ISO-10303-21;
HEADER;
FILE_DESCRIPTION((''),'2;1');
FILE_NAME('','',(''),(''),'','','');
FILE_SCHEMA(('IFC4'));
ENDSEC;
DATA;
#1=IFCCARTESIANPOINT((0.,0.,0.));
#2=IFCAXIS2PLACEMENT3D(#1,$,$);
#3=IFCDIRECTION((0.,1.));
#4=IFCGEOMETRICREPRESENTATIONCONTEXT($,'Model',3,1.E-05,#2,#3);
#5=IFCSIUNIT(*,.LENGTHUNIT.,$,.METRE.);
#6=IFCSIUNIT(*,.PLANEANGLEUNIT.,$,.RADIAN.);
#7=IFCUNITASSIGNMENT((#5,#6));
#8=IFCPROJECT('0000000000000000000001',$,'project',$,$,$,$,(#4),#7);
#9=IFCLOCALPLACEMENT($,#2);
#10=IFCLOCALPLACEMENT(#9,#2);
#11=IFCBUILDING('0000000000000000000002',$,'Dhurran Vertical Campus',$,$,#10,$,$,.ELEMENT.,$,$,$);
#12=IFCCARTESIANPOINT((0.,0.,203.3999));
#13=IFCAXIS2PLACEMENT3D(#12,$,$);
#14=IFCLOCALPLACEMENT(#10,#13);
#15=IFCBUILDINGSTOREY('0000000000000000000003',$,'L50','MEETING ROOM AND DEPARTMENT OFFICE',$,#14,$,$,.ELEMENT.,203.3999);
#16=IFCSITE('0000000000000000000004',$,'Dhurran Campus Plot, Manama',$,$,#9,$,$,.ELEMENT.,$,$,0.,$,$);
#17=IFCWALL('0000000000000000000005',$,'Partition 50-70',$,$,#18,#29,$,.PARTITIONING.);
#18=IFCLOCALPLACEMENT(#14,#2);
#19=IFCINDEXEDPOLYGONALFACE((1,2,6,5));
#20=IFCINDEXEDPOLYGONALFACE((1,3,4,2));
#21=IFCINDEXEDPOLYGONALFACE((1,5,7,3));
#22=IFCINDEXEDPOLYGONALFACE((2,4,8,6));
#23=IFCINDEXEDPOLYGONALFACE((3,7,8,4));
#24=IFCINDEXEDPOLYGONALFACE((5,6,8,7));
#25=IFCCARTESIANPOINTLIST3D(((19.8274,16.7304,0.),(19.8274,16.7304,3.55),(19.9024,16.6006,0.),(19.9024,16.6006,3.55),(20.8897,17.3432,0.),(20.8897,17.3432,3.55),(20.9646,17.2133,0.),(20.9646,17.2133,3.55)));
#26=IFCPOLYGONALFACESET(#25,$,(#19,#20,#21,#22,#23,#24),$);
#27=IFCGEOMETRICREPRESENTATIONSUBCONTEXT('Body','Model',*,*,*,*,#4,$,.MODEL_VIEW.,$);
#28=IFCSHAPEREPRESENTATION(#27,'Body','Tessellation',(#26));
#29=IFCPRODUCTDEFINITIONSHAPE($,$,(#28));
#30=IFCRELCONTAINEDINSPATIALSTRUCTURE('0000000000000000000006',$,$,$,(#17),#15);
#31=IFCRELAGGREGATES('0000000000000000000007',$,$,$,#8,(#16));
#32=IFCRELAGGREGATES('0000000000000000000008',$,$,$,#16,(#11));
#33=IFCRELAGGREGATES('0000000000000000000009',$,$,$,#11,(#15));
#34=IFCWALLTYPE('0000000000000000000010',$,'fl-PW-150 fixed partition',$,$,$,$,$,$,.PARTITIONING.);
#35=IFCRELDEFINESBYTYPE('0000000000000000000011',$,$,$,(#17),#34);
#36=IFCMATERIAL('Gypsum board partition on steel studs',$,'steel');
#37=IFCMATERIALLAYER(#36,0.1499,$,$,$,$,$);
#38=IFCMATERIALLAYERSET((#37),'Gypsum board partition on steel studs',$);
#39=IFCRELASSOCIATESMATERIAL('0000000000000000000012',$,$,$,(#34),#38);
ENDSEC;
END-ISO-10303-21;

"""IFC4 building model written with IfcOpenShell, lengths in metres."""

from ifc_helpers import new_model, si_unit, direction, frame, frame_2d, origin, place, context, subcontext, project, spatial, rectangle, extrude, material, layer, layer_set, type_object, element, save


model = new_model("IFC4")

# Units and contexts
model_context = context("Model", 3, precision=1e-05, world=origin(), true_north=direction((0.0, 1.0)))
body_context = subcontext(model_context, "Body", "Model", "MODEL_VIEW")
ifc_project = project(units=[si_unit("LENGTHUNIT", "METRE"), si_unit("PLANEANGLEUNIT", "RADIAN")], contexts=[model_context])

# Site, building, storey
site_placement = place(None, origin())
site = spatial("IfcSite", under=ifc_project, at=site_placement, Name="Dhurran Campus Plot, Manama", CompositionType="ELEMENT", RefElevation=0.0)
building_placement = place(site_placement, origin())
building = spatial("IfcBuilding", under=site, at=building_placement, Name="Dhurran Vertical Campus", CompositionType="ELEMENT")
storey_placement = place(building_placement, frame((0.0, 0.0, 203.3999)))
storey = spatial("IfcBuildingStorey", under=building, at=storey_placement, Name="L50", Description="MEETING ROOM AND DEPARTMENT OFFICE", CompositionType="ELEMENT", Elevation=203.3999)

# Wall
ifc_material_1 = material(Name="Gypsum board partition on steel studs", Category="steel")
ifc_layer_1 = layer(ifc_material_1, 0.1499)
ifc_layer_set_1 = layer_set([ifc_layer_1], Name="Gypsum board partition on steel studs")
wall_type_1 = type_object("IfcWallType", Name="fl-PW-150 fixed partition", PredefinedType="PARTITIONING", material=ifc_layer_set_1)
wall_1_placement = place(storey_placement, frame((20.9272, 17.2783, 0.0), z_axis=(0.0, 0.0, 1.0), x_axis=(-0.866202, -0.499694, 0.0)))
element("IfcWall", 1, at=wall_1_placement, inside=storey, type_object=wall_type_1, Name="Partition 50-70", PredefinedType="PARTITIONING", context=body_context, shape_type="SweptSolid", body=[
    extrude(rectangle(XDim=1.2263, YDim=0.1499, at=frame_2d((0.6133, 0.0))), origin(), (0.0, 0.0, 1.0), 3.55),
])

save(model, "model.ifc")
